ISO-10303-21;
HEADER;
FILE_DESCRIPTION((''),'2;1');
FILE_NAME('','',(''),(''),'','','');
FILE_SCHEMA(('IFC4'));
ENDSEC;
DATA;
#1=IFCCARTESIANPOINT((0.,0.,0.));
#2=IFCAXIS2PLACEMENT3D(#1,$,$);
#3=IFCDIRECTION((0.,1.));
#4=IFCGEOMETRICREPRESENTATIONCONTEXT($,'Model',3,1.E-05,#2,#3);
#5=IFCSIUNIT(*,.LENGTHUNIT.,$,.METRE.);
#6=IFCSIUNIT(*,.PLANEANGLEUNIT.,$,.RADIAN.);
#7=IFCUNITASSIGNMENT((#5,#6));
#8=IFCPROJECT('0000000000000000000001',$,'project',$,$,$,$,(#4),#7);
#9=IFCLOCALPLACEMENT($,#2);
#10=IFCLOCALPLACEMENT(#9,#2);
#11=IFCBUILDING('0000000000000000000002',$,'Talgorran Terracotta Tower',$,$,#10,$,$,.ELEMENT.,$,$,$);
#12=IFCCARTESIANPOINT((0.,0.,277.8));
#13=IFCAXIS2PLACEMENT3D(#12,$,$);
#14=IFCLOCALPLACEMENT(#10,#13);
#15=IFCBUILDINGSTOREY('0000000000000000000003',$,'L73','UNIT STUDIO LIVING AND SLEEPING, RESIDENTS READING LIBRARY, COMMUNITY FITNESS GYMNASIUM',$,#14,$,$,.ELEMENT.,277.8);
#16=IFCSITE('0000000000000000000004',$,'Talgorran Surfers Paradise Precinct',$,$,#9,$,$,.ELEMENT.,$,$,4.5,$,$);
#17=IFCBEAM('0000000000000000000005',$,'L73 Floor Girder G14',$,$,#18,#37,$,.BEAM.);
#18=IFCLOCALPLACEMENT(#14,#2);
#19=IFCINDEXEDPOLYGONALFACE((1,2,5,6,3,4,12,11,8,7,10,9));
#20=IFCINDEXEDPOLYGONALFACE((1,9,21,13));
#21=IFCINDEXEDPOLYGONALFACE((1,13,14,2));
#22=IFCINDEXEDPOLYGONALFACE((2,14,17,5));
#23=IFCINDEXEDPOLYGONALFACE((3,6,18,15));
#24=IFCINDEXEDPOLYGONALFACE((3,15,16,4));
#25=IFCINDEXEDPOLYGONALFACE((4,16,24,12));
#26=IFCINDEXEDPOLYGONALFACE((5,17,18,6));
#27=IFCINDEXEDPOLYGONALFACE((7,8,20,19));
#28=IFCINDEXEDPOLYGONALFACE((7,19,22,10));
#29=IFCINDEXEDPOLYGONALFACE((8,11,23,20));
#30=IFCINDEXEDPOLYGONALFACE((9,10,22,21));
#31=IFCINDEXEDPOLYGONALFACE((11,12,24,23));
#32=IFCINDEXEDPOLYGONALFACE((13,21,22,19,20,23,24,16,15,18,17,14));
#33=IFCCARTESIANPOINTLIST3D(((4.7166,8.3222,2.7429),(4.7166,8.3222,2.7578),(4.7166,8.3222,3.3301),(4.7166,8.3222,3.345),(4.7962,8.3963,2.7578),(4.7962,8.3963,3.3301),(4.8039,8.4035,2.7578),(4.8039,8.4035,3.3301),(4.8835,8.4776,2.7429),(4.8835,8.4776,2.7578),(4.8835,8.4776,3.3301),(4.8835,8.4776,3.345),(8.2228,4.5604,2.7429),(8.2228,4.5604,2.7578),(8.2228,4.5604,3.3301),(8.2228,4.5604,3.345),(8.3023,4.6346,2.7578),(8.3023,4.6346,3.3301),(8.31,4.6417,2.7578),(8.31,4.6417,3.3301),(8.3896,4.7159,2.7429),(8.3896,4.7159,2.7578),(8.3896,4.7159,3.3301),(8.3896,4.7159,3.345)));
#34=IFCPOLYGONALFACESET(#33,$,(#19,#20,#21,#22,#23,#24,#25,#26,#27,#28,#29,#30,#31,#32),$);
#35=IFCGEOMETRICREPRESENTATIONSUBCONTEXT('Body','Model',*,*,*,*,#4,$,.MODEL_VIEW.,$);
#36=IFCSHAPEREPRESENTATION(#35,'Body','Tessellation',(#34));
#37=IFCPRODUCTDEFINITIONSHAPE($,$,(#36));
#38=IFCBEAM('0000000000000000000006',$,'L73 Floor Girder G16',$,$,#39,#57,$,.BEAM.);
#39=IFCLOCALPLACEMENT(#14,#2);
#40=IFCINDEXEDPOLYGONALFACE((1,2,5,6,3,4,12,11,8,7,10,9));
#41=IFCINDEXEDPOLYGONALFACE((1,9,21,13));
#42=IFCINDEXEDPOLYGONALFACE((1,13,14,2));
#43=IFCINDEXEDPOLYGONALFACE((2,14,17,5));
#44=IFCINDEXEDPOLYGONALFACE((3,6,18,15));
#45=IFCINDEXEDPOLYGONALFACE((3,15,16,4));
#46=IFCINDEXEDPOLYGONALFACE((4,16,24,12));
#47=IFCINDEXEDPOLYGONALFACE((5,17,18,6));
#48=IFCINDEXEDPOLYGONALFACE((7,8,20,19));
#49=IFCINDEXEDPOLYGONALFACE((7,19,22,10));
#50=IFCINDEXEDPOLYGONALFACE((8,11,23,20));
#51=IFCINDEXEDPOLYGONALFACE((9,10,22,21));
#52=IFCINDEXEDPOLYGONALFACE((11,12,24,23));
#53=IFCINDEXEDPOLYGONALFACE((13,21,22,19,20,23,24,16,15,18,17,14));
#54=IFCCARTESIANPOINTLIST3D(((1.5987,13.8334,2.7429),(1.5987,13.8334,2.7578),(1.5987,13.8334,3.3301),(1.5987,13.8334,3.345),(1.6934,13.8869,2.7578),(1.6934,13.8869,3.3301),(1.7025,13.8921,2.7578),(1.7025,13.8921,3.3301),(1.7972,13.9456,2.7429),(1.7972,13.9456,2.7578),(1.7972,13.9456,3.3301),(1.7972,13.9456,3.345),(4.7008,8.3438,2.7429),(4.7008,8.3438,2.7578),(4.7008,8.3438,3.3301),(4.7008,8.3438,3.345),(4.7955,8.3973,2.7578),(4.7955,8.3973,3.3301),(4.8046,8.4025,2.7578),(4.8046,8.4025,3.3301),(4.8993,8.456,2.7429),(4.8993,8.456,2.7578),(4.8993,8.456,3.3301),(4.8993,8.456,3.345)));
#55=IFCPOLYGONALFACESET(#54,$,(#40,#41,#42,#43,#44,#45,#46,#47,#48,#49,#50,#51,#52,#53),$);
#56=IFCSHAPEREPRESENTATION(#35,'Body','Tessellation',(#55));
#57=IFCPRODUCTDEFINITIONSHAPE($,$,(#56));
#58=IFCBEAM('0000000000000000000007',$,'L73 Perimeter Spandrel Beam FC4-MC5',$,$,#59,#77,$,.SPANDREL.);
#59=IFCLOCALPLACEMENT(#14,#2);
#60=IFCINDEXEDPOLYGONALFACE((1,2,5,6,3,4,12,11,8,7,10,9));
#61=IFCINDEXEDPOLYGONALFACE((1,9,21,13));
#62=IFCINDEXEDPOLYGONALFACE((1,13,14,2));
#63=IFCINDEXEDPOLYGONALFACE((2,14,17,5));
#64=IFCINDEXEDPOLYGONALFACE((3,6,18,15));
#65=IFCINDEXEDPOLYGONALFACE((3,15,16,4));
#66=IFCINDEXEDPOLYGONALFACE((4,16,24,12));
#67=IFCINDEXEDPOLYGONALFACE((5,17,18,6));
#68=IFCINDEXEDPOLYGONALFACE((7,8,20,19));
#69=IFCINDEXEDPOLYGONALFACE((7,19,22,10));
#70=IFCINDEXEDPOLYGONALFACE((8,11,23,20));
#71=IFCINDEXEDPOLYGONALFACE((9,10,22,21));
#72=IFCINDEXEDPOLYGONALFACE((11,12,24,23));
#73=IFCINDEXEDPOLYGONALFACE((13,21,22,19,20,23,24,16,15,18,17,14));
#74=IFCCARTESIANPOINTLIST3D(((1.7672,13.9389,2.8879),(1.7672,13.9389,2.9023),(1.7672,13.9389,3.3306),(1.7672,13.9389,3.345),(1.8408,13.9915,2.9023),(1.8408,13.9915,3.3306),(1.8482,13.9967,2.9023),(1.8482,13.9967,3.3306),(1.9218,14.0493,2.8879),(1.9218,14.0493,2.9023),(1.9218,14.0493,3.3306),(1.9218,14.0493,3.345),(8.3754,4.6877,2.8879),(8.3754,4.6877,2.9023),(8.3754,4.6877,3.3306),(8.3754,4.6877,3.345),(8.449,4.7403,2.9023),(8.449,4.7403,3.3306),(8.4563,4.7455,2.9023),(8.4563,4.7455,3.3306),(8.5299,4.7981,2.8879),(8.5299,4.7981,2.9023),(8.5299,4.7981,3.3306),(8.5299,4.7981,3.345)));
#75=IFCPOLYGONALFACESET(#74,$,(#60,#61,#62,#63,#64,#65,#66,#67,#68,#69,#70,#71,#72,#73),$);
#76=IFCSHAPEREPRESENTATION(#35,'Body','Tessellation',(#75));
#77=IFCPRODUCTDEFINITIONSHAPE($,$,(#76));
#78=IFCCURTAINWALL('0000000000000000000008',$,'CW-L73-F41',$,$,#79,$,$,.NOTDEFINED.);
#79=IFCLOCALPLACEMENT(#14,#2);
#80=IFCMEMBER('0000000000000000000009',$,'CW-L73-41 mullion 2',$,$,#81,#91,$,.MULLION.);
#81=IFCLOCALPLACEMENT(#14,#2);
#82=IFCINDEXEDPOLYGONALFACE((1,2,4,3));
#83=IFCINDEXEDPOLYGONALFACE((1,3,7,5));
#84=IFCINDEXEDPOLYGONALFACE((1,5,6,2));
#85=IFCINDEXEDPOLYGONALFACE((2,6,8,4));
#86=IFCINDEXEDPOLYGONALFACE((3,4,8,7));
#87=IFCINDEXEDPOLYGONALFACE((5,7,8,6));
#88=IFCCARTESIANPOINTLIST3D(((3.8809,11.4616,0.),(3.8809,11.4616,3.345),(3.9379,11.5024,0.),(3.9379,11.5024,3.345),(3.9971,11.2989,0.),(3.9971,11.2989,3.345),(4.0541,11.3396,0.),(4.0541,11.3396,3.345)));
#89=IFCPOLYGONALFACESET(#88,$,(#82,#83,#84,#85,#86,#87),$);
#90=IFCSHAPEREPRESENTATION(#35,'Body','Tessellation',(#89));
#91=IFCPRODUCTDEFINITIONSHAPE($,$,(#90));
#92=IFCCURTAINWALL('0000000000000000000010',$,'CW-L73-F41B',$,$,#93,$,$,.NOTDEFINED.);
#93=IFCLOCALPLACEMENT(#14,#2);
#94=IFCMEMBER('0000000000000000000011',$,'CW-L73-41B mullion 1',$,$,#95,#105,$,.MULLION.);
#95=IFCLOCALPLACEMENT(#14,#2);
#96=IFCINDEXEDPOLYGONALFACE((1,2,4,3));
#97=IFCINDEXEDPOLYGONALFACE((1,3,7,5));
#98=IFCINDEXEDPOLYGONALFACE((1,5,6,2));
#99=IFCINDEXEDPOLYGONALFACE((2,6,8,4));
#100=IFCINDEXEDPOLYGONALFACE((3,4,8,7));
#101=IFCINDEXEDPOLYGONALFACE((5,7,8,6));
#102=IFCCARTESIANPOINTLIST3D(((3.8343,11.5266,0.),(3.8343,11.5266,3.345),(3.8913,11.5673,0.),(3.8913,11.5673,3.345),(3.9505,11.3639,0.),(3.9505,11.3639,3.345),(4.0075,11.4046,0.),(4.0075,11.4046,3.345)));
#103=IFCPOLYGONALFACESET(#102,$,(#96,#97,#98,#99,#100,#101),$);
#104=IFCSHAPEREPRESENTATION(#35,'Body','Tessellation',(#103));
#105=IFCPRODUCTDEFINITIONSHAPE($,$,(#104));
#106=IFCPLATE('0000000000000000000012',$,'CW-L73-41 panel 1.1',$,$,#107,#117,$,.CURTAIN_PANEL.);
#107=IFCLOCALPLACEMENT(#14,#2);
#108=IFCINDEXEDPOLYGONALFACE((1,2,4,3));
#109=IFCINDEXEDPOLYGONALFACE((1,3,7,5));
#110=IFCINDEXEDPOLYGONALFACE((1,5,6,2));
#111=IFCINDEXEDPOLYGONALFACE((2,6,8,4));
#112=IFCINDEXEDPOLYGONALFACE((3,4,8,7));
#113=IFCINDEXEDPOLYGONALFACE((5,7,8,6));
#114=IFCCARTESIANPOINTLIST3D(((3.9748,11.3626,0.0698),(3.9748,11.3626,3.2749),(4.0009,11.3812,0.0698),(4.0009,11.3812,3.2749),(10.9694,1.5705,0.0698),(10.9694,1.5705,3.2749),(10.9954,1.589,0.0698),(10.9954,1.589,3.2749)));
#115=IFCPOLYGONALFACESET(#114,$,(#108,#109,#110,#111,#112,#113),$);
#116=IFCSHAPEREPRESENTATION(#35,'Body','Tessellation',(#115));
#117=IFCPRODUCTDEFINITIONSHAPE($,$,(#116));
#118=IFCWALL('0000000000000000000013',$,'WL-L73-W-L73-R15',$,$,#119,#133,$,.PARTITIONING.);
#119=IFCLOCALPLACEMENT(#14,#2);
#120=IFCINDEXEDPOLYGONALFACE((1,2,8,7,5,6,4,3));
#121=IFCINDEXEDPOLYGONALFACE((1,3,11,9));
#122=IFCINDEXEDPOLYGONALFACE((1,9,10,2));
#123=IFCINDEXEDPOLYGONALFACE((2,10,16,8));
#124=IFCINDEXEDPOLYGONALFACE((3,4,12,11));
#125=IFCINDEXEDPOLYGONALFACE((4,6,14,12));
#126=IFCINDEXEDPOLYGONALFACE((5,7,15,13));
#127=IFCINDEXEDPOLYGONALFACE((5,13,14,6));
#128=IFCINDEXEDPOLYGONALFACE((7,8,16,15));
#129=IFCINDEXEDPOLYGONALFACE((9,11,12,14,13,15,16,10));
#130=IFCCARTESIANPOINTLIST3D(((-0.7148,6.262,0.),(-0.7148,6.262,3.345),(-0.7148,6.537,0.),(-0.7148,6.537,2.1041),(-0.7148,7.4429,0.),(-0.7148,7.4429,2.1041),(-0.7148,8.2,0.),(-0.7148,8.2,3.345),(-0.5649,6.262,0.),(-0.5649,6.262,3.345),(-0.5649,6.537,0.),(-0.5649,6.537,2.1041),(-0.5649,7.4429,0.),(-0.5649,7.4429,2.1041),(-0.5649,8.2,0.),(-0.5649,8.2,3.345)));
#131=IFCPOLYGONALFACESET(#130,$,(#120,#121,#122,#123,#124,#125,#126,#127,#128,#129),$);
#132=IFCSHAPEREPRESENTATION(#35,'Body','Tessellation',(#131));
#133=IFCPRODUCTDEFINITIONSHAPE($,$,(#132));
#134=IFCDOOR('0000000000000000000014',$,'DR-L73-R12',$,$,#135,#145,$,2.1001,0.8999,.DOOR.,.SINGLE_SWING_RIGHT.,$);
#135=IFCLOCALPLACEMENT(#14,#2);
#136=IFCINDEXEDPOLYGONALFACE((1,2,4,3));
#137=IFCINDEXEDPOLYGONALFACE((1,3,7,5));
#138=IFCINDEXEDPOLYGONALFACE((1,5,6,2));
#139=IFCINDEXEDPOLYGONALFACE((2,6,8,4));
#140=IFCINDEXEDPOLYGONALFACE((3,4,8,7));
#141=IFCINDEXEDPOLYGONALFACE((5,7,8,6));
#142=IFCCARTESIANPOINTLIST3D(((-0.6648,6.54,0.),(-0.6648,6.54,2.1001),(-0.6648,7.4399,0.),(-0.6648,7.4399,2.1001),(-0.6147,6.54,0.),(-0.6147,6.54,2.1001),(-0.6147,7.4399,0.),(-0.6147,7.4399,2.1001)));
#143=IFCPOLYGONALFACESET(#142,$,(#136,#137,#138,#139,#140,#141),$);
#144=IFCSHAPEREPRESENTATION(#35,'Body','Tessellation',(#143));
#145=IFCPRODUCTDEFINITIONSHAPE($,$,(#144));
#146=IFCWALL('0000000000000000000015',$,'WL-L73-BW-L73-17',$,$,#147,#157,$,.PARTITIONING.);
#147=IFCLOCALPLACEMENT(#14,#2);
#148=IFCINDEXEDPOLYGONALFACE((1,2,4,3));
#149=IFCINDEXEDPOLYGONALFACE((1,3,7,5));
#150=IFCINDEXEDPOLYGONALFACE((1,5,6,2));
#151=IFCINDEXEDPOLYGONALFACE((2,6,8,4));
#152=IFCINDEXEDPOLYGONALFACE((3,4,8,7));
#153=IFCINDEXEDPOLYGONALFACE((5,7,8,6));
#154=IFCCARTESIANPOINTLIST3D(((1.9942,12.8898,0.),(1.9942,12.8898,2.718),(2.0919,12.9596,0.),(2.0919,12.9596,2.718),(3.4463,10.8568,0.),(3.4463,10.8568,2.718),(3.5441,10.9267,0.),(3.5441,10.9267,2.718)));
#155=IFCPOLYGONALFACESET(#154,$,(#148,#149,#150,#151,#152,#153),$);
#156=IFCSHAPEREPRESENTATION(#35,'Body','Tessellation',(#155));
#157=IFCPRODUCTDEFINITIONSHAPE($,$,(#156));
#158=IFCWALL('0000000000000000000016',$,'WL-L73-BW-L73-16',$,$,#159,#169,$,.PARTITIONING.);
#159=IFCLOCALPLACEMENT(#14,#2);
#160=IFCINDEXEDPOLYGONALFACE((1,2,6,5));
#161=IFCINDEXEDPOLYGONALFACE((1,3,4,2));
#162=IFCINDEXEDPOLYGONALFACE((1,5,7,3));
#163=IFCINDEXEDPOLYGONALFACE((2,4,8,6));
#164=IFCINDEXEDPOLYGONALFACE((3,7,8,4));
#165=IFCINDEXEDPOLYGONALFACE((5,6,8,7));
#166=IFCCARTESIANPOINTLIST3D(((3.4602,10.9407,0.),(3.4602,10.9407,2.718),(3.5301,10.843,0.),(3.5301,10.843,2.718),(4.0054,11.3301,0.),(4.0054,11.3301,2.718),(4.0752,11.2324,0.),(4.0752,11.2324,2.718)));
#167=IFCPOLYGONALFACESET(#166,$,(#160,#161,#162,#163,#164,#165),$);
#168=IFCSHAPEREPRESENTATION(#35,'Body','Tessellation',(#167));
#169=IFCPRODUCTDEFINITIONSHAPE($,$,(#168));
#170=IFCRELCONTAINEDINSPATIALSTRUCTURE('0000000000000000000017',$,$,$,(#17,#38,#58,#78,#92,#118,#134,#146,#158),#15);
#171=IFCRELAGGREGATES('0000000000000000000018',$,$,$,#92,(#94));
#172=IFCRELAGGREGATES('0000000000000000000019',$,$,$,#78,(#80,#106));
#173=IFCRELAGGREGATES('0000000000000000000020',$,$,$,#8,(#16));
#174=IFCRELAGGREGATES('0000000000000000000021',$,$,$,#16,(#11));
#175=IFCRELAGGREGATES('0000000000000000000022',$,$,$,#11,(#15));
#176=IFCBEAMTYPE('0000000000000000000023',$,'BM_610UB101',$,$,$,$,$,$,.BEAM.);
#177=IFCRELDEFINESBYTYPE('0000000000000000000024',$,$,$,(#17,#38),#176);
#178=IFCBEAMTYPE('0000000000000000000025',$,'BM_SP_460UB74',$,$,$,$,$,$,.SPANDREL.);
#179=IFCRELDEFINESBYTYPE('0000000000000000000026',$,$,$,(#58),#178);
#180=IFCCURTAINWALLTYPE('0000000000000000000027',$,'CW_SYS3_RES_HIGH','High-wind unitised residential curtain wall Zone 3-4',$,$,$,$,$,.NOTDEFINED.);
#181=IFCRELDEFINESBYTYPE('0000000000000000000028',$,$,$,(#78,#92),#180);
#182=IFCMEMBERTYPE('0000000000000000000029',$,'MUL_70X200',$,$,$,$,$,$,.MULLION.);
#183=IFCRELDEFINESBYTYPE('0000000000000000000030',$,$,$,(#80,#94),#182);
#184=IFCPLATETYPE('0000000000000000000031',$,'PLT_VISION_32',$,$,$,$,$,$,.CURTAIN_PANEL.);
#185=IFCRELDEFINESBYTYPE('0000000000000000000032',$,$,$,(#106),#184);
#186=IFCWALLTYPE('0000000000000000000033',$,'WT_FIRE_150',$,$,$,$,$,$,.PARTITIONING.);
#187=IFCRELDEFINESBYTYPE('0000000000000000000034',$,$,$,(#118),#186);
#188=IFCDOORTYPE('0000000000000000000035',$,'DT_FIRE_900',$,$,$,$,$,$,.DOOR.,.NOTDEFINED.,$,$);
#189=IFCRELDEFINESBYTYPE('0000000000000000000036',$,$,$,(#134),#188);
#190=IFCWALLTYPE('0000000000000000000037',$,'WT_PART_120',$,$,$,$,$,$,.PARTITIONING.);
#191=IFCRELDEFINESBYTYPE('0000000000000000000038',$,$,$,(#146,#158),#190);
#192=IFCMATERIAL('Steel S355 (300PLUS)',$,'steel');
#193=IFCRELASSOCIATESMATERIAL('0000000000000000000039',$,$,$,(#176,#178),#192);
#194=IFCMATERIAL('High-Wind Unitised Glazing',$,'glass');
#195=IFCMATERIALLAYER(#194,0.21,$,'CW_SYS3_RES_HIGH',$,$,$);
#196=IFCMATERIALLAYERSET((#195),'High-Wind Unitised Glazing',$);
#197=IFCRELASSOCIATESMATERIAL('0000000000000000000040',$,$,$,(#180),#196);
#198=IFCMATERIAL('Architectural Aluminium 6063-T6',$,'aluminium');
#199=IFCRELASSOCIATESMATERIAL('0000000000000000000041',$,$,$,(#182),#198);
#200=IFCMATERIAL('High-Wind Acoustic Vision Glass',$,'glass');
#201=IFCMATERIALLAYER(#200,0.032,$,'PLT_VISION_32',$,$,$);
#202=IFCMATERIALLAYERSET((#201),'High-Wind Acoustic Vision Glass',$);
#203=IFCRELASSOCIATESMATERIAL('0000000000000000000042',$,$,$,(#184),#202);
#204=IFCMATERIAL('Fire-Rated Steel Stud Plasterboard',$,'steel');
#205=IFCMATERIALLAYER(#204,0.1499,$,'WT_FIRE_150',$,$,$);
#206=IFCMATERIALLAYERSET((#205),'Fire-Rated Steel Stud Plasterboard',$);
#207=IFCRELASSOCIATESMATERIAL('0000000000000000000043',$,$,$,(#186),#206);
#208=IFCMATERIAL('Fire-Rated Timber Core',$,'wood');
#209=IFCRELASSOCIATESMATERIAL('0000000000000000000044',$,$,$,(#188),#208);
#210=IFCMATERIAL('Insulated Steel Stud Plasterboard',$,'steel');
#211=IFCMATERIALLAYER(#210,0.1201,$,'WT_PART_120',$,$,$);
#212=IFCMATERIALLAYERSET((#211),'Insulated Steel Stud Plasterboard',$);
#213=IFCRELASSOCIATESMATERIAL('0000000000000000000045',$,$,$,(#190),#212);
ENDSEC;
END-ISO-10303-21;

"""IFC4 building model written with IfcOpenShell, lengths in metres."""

from ifc_helpers import new_model, si_unit, direction, frame, frame_2d, origin, origin_2d, place, context, subcontext, project, spatial, rectangle, i_section, extrude, source, transform, mapped, material, layer, layer_set, material_profile, profile_set, type_object, type_shapes, element, fill, aggregate, save


model = new_model("IFC4")

# Units and contexts
model_context = context("Model", 3, precision=1e-05, world=origin(), true_north=direction((0.0, 1.0)))
body_context = subcontext(model_context, "Body", "Model", "MODEL_VIEW")
ifc_project = project(units=[si_unit("LENGTHUNIT", "METRE"), si_unit("PLANEANGLEUNIT", "RADIAN")], contexts=[model_context])

# Site, building, storey
site_placement = place(None, origin())
site = spatial("IfcSite", under=ifc_project, at=site_placement, Name="Talgorran Surfers Paradise Precinct", CompositionType="ELEMENT", RefElevation=4.5)
building_placement = place(site_placement, origin())
building = spatial("IfcBuilding", under=site, at=building_placement, Name="Talgorran Terracotta Tower", CompositionType="ELEMENT")
storey_placement = place(building_placement, frame((0.0, 0.0, 277.8)))
storey = spatial("IfcBuildingStorey", under=building, at=storey_placement, Name="L73", Description="UNIT STUDIO LIVING AND SLEEPING, RESIDENTS READING LIBRARY, COMMUNITY FITNESS GYMNASIUM", CompositionType="ELEMENT", Elevation=277.8)

# Shared definitions
ifc_material_1 = material(Name="Steel S355 (300PLUS)", Category="steel")

# Beams
ifc_material_profile_1 = material_profile(ifc_material_1, i_section(OverallWidth=0.228, OverallDepth=0.6021, WebThickness=0.0105, FlangeThickness=0.0149, at=origin_2d()), Name="610UB101")
ifc_profile_set_1 = profile_set([ifc_material_profile_1], Name="Steel S355 (300PLUS)")
beam_type_1 = type_object("IfcBeamType", Name="BM_610UB101", PredefinedType="BEAM", material=ifc_profile_set_1)
beam_1_placement = place(storey_placement, frame((4.8, 8.3999, 3.0439), z_axis=(0.681816, -0.731524, 0.0), x_axis=(0.731524, 0.681816, 0.0)))
element("IfcBeam", 1, at=beam_1_placement, inside=storey, type_object=beam_type_1, Name="L73 Floor Girder G14", PredefinedType="BEAM", context=body_context, shape_type="SweptSolid", body=[
    extrude(i_section(OverallWidth=0.228, OverallDepth=0.6021, WebThickness=0.0105, FlangeThickness=0.0149, at=origin_2d()), origin(), (0.0, 0.0, 1.0), 5.1423),
])
beam_2_placement = place(storey_placement, frame((4.8, 8.3999, 3.0439), z_axis=(-0.491972, 0.870611, 0.0), x_axis=(-0.870611, -0.491972, 0.0)))
element("IfcBeam", 2, at=beam_2_placement, inside=storey, type_object=beam_type_1, Name="L73 Floor Girder G16", PredefinedType="BEAM", context=body_context, shape_type="SweptSolid", body=[
    extrude(i_section(OverallWidth=0.228, OverallDepth=0.6021, WebThickness=0.0105, FlangeThickness=0.0149, at=origin_2d()), origin(), (0.0, 0.0, 1.0), 6.3054),
])
ifc_material_profile_2 = material_profile(ifc_material_1, i_section(OverallWidth=0.1899, OverallDepth=0.457, WebThickness=0.009, FlangeThickness=0.0144, at=origin_2d()), Name="460UB74.6")
ifc_profile_set_2 = profile_set([ifc_material_profile_2], Name="Steel S355 (300PLUS)")
beam_type_2 = type_object("IfcBeamType", Name="BM_SP_460UB74", PredefinedType="SPANDREL", material=ifc_profile_set_2)
beam_3_placement = place(storey_placement, frame((8.4526, 4.7429, 3.1165), z_axis=(-0.581246, 0.813728, 0.0), x_axis=(-0.813728, -0.581246, 0.0)))
element("IfcBeam", 3, at=beam_3_placement, inside=storey, type_object=beam_type_2, Name="L73 Perimeter Spandrel Beam FC4-MC5", PredefinedType="SPANDREL", context=body_context, shape_type="SweptSolid", body=[
    extrude(i_section(OverallWidth=0.1899, OverallDepth=0.457, WebThickness=0.009, FlangeThickness=0.0144, at=origin_2d()), origin(), (0.0, 0.0, 1.0), 11.3689),
])

# Curtain walls, members
ifc_material_2 = material(Name="High-Wind Unitised Glazing", Category="glass")
ifc_layer_1 = layer(ifc_material_2, 0.21, Name="CW_SYS3_RES_HIGH")
ifc_layer_set_1 = layer_set([ifc_layer_1], Name="High-Wind Unitised Glazing")
curtain_wall_type = type_object("IfcCurtainWallType", Name="CW_SYS3_RES_HIGH", Description="High-wind unitised residential curtain wall Zone 3-4", PredefinedType="NOTDEFINED", material=ifc_layer_set_1)
curtain_wall_1_placement = place(storey_placement, origin())
curtain_wall_1 = element("IfcCurtainWall", 4, at=curtain_wall_1_placement, inside=storey, type_object=curtain_wall_type, Name="CW-L73-F41", PredefinedType="NOTDEFINED")
ifc_material_3 = material(Name="Architectural Aluminium 6063-T6", Category="aluminium")
ifc_material_profile_3 = material_profile(ifc_material_3, rectangle(XDim=0.0701, YDim=0.2, at=origin_2d()), Name="CWM70X200")
ifc_profile_set_3 = profile_set([ifc_material_profile_3], Name="Architectural Aluminium 6063-T6")
member_type = type_object("IfcMemberType", Name="MUL_70X200", PredefinedType="MULLION", material=ifc_profile_set_3)
member_1_placement = place(storey_placement, frame((3.9675, 11.4006, 0.0), z_axis=(0.0, 0.0, 1.0), x_axis=(-0.813729, -0.581244, 0.0)))
member_1 = element("IfcMember", 5, at=member_1_placement, type_object=member_type, Name="CW-L73-41 mullion 2", PredefinedType="MULLION", context=body_context, shape_type="SweptSolid", body=[
    extrude(rectangle(XDim=0.0701, YDim=0.2, at=origin_2d()), origin(), (0.0, 0.0, 1.0), 3.345),
])
curtain_wall_2_placement = place(storey_placement, origin())
curtain_wall_2 = element("IfcCurtainWall", 6, at=curtain_wall_2_placement, inside=storey, type_object=curtain_wall_type, Name="CW-L73-F41B", PredefinedType="NOTDEFINED")
member_2_placement = place(storey_placement, frame((3.9209, 11.4656, 0.0), z_axis=(0.0, 0.0, 1.0), x_axis=(-0.813714, -0.581265, 0.0)))
member_2 = element("IfcMember", 7, at=member_2_placement, type_object=member_type, Name="CW-L73-41B mullion 1", PredefinedType="MULLION", context=body_context, shape_type="SweptSolid", body=[
    extrude(rectangle(XDim=0.0701, YDim=0.2, at=origin_2d()), origin(), (0.0, 0.0, 1.0), 3.345),
])
aggregate(curtain_wall_2, [member_2])

# Plate
ifc_material_4 = material(Name="High-Wind Acoustic Vision Glass", Category="glass")
ifc_layer_2 = layer(ifc_material_4, 0.032, Name="PLT_VISION_32")
ifc_layer_set_2 = layer_set([ifc_layer_2], Name="High-Wind Acoustic Vision Glass")
plate_type = type_object("IfcPlateType", Name="PLT_VISION_32", PredefinedType="CURTAIN_PANEL", material=ifc_layer_set_2)
shared_shape = source(origin(), body_context, "Body", "SweptSolid", [
    extrude(rectangle(XDim=12.0337, YDim=0.032, at=origin_2d()), origin(), (0.0, 0.0, 1.0), 3.2051),
])
type_shapes(plate_type, [shared_shape])
plate_placement = place(storey_placement, frame((7.4851, 6.4758, 0.0698), z_axis=(0.0, 0.0, 1.0), x_axis=(-0.581244, 0.813729, 0.0)))
plate = element("IfcPlate", 8, at=plate_placement, type_object=plate_type, Name="CW-L73-41 panel 1.1", PredefinedType="CURTAIN_PANEL", context=body_context, shape_type="MappedRepresentation", body=[
    mapped(shared_shape, transform((0.0, 0.0, 0.0), scale=1.0)),
])
aggregate(curtain_wall_1, [member_1, plate])

# Wall, opening, door
ifc_material_5 = material(Name="Fire-Rated Steel Stud Plasterboard", Category="steel")
ifc_layer_3 = layer(ifc_material_5, 0.1499, Name="WT_FIRE_150")
ifc_layer_set_3 = layer_set([ifc_layer_3], Name="Fire-Rated Steel Stud Plasterboard")
wall_type_1 = type_object("IfcWallType", Name="WT_FIRE_150", PredefinedType="PARTITIONING", material=ifc_layer_set_3)
wall_1_placement = place(storey_placement, frame((-0.6399, 6.262, 0.0), z_axis=(0.0, 0.0, 1.0), x_axis=(0.0, 1.0, 0.0)))
wall_1 = element("IfcWall", 9, at=wall_1_placement, inside=storey, type_object=wall_type_1, Name="WL-L73-W-L73-R15", PredefinedType="PARTITIONING", context=body_context, shape_type="SweptSolid", body=[
    extrude(rectangle(XDim=1.938, YDim=0.1499, at=frame_2d((0.969, 0.0))), origin(), (0.0, 0.0, 1.0), 3.345),
])
opening_placement = place(wall_1_placement, frame((0.2781, 0.0, 0.0)))
opening = element("IfcOpeningElement", 10, at=opening_placement, cuts=wall_1, PredefinedType="OPENING", context=body_context, shape_type="SweptSolid", body=[
    extrude(rectangle(XDim=0.9059, YDim=2.1041, at=frame_2d((0.45, 1.052))), frame((0.0, 0.085, 0.0), z_axis=(0.0, -1.0, 0.0), x_axis=(1.0, 0.0, 0.0)), (0.0, 0.0, 1.0), 0.1699),
])
ifc_material_6 = material(Name="Fire-Rated Timber Core", Category="wood")
door_type = type_object("IfcDoorType", Name="DT_FIRE_900", OperationType="NOTDEFINED", PredefinedType="DOOR", material=ifc_material_6)
door_placement = place(opening_placement, origin())
door = element("IfcDoor", 11, at=door_placement, inside=storey, type_object=door_type, Name="DR-L73-R12", OperationType="SINGLE_SWING_RIGHT", OverallHeight=2.1001, OverallWidth=0.8999, PredefinedType="DOOR", context=body_context, shape_type="SweptSolid", body=[
    extrude(rectangle(XDim=0.8999, YDim=2.1001, at=frame_2d((0.45, 1.05))), frame((0.0, 0.0249, 0.0), z_axis=(0.0, -1.0, 0.0), x_axis=(1.0, 0.0, 0.0)), (0.0, 0.0, 1.0), 0.05),
])
fill(opening, door)

# Walls
ifc_material_7 = material(Name="Insulated Steel Stud Plasterboard", Category="steel")
ifc_layer_4 = layer(ifc_material_7, 0.1201, Name="WT_PART_120")
ifc_layer_set_4 = layer_set([ifc_layer_4], Name="Insulated Steel Stud Plasterboard")
wall_type_2 = type_object("IfcWallType", Name="WT_PART_120", PredefinedType="PARTITIONING", material=ifc_layer_set_4)
wall_2_placement = place(storey_placement, frame((3.4951, 10.8918, 0.0), z_axis=(0.0, 0.0, 1.0), x_axis=(-0.581247, 0.813727, 0.0)))
element("IfcWall", 12, at=wall_2_placement, inside=storey, type_object=wall_type_2, Name="WL-L73-BW-L73-17", PredefinedType="PARTITIONING", context=body_context, shape_type="SweptSolid", body=[
    extrude(rectangle(XDim=2.4983, YDim=0.1201, at=frame_2d((1.249, 0.0))), origin(), (0.0, 0.0, 1.0), 2.718),
])
wall_3_placement = place(storey_placement, frame((4.0403, 11.2812, 0.0), z_axis=(0.0, 0.0, 1.0), x_axis=(-0.813733, -0.581238, 0.0)))
element("IfcWall", 13, at=wall_3_placement, inside=storey, type_object=wall_type_2, Name="WL-L73-BW-L73-16", PredefinedType="PARTITIONING", context=body_context, shape_type="SweptSolid", body=[
    extrude(rectangle(XDim=0.6699, YDim=0.1201, at=frame_2d((0.335, 0.0))), origin(), (0.0, 0.0, 1.0), 2.718),
])

save(model, "model.ifc")
